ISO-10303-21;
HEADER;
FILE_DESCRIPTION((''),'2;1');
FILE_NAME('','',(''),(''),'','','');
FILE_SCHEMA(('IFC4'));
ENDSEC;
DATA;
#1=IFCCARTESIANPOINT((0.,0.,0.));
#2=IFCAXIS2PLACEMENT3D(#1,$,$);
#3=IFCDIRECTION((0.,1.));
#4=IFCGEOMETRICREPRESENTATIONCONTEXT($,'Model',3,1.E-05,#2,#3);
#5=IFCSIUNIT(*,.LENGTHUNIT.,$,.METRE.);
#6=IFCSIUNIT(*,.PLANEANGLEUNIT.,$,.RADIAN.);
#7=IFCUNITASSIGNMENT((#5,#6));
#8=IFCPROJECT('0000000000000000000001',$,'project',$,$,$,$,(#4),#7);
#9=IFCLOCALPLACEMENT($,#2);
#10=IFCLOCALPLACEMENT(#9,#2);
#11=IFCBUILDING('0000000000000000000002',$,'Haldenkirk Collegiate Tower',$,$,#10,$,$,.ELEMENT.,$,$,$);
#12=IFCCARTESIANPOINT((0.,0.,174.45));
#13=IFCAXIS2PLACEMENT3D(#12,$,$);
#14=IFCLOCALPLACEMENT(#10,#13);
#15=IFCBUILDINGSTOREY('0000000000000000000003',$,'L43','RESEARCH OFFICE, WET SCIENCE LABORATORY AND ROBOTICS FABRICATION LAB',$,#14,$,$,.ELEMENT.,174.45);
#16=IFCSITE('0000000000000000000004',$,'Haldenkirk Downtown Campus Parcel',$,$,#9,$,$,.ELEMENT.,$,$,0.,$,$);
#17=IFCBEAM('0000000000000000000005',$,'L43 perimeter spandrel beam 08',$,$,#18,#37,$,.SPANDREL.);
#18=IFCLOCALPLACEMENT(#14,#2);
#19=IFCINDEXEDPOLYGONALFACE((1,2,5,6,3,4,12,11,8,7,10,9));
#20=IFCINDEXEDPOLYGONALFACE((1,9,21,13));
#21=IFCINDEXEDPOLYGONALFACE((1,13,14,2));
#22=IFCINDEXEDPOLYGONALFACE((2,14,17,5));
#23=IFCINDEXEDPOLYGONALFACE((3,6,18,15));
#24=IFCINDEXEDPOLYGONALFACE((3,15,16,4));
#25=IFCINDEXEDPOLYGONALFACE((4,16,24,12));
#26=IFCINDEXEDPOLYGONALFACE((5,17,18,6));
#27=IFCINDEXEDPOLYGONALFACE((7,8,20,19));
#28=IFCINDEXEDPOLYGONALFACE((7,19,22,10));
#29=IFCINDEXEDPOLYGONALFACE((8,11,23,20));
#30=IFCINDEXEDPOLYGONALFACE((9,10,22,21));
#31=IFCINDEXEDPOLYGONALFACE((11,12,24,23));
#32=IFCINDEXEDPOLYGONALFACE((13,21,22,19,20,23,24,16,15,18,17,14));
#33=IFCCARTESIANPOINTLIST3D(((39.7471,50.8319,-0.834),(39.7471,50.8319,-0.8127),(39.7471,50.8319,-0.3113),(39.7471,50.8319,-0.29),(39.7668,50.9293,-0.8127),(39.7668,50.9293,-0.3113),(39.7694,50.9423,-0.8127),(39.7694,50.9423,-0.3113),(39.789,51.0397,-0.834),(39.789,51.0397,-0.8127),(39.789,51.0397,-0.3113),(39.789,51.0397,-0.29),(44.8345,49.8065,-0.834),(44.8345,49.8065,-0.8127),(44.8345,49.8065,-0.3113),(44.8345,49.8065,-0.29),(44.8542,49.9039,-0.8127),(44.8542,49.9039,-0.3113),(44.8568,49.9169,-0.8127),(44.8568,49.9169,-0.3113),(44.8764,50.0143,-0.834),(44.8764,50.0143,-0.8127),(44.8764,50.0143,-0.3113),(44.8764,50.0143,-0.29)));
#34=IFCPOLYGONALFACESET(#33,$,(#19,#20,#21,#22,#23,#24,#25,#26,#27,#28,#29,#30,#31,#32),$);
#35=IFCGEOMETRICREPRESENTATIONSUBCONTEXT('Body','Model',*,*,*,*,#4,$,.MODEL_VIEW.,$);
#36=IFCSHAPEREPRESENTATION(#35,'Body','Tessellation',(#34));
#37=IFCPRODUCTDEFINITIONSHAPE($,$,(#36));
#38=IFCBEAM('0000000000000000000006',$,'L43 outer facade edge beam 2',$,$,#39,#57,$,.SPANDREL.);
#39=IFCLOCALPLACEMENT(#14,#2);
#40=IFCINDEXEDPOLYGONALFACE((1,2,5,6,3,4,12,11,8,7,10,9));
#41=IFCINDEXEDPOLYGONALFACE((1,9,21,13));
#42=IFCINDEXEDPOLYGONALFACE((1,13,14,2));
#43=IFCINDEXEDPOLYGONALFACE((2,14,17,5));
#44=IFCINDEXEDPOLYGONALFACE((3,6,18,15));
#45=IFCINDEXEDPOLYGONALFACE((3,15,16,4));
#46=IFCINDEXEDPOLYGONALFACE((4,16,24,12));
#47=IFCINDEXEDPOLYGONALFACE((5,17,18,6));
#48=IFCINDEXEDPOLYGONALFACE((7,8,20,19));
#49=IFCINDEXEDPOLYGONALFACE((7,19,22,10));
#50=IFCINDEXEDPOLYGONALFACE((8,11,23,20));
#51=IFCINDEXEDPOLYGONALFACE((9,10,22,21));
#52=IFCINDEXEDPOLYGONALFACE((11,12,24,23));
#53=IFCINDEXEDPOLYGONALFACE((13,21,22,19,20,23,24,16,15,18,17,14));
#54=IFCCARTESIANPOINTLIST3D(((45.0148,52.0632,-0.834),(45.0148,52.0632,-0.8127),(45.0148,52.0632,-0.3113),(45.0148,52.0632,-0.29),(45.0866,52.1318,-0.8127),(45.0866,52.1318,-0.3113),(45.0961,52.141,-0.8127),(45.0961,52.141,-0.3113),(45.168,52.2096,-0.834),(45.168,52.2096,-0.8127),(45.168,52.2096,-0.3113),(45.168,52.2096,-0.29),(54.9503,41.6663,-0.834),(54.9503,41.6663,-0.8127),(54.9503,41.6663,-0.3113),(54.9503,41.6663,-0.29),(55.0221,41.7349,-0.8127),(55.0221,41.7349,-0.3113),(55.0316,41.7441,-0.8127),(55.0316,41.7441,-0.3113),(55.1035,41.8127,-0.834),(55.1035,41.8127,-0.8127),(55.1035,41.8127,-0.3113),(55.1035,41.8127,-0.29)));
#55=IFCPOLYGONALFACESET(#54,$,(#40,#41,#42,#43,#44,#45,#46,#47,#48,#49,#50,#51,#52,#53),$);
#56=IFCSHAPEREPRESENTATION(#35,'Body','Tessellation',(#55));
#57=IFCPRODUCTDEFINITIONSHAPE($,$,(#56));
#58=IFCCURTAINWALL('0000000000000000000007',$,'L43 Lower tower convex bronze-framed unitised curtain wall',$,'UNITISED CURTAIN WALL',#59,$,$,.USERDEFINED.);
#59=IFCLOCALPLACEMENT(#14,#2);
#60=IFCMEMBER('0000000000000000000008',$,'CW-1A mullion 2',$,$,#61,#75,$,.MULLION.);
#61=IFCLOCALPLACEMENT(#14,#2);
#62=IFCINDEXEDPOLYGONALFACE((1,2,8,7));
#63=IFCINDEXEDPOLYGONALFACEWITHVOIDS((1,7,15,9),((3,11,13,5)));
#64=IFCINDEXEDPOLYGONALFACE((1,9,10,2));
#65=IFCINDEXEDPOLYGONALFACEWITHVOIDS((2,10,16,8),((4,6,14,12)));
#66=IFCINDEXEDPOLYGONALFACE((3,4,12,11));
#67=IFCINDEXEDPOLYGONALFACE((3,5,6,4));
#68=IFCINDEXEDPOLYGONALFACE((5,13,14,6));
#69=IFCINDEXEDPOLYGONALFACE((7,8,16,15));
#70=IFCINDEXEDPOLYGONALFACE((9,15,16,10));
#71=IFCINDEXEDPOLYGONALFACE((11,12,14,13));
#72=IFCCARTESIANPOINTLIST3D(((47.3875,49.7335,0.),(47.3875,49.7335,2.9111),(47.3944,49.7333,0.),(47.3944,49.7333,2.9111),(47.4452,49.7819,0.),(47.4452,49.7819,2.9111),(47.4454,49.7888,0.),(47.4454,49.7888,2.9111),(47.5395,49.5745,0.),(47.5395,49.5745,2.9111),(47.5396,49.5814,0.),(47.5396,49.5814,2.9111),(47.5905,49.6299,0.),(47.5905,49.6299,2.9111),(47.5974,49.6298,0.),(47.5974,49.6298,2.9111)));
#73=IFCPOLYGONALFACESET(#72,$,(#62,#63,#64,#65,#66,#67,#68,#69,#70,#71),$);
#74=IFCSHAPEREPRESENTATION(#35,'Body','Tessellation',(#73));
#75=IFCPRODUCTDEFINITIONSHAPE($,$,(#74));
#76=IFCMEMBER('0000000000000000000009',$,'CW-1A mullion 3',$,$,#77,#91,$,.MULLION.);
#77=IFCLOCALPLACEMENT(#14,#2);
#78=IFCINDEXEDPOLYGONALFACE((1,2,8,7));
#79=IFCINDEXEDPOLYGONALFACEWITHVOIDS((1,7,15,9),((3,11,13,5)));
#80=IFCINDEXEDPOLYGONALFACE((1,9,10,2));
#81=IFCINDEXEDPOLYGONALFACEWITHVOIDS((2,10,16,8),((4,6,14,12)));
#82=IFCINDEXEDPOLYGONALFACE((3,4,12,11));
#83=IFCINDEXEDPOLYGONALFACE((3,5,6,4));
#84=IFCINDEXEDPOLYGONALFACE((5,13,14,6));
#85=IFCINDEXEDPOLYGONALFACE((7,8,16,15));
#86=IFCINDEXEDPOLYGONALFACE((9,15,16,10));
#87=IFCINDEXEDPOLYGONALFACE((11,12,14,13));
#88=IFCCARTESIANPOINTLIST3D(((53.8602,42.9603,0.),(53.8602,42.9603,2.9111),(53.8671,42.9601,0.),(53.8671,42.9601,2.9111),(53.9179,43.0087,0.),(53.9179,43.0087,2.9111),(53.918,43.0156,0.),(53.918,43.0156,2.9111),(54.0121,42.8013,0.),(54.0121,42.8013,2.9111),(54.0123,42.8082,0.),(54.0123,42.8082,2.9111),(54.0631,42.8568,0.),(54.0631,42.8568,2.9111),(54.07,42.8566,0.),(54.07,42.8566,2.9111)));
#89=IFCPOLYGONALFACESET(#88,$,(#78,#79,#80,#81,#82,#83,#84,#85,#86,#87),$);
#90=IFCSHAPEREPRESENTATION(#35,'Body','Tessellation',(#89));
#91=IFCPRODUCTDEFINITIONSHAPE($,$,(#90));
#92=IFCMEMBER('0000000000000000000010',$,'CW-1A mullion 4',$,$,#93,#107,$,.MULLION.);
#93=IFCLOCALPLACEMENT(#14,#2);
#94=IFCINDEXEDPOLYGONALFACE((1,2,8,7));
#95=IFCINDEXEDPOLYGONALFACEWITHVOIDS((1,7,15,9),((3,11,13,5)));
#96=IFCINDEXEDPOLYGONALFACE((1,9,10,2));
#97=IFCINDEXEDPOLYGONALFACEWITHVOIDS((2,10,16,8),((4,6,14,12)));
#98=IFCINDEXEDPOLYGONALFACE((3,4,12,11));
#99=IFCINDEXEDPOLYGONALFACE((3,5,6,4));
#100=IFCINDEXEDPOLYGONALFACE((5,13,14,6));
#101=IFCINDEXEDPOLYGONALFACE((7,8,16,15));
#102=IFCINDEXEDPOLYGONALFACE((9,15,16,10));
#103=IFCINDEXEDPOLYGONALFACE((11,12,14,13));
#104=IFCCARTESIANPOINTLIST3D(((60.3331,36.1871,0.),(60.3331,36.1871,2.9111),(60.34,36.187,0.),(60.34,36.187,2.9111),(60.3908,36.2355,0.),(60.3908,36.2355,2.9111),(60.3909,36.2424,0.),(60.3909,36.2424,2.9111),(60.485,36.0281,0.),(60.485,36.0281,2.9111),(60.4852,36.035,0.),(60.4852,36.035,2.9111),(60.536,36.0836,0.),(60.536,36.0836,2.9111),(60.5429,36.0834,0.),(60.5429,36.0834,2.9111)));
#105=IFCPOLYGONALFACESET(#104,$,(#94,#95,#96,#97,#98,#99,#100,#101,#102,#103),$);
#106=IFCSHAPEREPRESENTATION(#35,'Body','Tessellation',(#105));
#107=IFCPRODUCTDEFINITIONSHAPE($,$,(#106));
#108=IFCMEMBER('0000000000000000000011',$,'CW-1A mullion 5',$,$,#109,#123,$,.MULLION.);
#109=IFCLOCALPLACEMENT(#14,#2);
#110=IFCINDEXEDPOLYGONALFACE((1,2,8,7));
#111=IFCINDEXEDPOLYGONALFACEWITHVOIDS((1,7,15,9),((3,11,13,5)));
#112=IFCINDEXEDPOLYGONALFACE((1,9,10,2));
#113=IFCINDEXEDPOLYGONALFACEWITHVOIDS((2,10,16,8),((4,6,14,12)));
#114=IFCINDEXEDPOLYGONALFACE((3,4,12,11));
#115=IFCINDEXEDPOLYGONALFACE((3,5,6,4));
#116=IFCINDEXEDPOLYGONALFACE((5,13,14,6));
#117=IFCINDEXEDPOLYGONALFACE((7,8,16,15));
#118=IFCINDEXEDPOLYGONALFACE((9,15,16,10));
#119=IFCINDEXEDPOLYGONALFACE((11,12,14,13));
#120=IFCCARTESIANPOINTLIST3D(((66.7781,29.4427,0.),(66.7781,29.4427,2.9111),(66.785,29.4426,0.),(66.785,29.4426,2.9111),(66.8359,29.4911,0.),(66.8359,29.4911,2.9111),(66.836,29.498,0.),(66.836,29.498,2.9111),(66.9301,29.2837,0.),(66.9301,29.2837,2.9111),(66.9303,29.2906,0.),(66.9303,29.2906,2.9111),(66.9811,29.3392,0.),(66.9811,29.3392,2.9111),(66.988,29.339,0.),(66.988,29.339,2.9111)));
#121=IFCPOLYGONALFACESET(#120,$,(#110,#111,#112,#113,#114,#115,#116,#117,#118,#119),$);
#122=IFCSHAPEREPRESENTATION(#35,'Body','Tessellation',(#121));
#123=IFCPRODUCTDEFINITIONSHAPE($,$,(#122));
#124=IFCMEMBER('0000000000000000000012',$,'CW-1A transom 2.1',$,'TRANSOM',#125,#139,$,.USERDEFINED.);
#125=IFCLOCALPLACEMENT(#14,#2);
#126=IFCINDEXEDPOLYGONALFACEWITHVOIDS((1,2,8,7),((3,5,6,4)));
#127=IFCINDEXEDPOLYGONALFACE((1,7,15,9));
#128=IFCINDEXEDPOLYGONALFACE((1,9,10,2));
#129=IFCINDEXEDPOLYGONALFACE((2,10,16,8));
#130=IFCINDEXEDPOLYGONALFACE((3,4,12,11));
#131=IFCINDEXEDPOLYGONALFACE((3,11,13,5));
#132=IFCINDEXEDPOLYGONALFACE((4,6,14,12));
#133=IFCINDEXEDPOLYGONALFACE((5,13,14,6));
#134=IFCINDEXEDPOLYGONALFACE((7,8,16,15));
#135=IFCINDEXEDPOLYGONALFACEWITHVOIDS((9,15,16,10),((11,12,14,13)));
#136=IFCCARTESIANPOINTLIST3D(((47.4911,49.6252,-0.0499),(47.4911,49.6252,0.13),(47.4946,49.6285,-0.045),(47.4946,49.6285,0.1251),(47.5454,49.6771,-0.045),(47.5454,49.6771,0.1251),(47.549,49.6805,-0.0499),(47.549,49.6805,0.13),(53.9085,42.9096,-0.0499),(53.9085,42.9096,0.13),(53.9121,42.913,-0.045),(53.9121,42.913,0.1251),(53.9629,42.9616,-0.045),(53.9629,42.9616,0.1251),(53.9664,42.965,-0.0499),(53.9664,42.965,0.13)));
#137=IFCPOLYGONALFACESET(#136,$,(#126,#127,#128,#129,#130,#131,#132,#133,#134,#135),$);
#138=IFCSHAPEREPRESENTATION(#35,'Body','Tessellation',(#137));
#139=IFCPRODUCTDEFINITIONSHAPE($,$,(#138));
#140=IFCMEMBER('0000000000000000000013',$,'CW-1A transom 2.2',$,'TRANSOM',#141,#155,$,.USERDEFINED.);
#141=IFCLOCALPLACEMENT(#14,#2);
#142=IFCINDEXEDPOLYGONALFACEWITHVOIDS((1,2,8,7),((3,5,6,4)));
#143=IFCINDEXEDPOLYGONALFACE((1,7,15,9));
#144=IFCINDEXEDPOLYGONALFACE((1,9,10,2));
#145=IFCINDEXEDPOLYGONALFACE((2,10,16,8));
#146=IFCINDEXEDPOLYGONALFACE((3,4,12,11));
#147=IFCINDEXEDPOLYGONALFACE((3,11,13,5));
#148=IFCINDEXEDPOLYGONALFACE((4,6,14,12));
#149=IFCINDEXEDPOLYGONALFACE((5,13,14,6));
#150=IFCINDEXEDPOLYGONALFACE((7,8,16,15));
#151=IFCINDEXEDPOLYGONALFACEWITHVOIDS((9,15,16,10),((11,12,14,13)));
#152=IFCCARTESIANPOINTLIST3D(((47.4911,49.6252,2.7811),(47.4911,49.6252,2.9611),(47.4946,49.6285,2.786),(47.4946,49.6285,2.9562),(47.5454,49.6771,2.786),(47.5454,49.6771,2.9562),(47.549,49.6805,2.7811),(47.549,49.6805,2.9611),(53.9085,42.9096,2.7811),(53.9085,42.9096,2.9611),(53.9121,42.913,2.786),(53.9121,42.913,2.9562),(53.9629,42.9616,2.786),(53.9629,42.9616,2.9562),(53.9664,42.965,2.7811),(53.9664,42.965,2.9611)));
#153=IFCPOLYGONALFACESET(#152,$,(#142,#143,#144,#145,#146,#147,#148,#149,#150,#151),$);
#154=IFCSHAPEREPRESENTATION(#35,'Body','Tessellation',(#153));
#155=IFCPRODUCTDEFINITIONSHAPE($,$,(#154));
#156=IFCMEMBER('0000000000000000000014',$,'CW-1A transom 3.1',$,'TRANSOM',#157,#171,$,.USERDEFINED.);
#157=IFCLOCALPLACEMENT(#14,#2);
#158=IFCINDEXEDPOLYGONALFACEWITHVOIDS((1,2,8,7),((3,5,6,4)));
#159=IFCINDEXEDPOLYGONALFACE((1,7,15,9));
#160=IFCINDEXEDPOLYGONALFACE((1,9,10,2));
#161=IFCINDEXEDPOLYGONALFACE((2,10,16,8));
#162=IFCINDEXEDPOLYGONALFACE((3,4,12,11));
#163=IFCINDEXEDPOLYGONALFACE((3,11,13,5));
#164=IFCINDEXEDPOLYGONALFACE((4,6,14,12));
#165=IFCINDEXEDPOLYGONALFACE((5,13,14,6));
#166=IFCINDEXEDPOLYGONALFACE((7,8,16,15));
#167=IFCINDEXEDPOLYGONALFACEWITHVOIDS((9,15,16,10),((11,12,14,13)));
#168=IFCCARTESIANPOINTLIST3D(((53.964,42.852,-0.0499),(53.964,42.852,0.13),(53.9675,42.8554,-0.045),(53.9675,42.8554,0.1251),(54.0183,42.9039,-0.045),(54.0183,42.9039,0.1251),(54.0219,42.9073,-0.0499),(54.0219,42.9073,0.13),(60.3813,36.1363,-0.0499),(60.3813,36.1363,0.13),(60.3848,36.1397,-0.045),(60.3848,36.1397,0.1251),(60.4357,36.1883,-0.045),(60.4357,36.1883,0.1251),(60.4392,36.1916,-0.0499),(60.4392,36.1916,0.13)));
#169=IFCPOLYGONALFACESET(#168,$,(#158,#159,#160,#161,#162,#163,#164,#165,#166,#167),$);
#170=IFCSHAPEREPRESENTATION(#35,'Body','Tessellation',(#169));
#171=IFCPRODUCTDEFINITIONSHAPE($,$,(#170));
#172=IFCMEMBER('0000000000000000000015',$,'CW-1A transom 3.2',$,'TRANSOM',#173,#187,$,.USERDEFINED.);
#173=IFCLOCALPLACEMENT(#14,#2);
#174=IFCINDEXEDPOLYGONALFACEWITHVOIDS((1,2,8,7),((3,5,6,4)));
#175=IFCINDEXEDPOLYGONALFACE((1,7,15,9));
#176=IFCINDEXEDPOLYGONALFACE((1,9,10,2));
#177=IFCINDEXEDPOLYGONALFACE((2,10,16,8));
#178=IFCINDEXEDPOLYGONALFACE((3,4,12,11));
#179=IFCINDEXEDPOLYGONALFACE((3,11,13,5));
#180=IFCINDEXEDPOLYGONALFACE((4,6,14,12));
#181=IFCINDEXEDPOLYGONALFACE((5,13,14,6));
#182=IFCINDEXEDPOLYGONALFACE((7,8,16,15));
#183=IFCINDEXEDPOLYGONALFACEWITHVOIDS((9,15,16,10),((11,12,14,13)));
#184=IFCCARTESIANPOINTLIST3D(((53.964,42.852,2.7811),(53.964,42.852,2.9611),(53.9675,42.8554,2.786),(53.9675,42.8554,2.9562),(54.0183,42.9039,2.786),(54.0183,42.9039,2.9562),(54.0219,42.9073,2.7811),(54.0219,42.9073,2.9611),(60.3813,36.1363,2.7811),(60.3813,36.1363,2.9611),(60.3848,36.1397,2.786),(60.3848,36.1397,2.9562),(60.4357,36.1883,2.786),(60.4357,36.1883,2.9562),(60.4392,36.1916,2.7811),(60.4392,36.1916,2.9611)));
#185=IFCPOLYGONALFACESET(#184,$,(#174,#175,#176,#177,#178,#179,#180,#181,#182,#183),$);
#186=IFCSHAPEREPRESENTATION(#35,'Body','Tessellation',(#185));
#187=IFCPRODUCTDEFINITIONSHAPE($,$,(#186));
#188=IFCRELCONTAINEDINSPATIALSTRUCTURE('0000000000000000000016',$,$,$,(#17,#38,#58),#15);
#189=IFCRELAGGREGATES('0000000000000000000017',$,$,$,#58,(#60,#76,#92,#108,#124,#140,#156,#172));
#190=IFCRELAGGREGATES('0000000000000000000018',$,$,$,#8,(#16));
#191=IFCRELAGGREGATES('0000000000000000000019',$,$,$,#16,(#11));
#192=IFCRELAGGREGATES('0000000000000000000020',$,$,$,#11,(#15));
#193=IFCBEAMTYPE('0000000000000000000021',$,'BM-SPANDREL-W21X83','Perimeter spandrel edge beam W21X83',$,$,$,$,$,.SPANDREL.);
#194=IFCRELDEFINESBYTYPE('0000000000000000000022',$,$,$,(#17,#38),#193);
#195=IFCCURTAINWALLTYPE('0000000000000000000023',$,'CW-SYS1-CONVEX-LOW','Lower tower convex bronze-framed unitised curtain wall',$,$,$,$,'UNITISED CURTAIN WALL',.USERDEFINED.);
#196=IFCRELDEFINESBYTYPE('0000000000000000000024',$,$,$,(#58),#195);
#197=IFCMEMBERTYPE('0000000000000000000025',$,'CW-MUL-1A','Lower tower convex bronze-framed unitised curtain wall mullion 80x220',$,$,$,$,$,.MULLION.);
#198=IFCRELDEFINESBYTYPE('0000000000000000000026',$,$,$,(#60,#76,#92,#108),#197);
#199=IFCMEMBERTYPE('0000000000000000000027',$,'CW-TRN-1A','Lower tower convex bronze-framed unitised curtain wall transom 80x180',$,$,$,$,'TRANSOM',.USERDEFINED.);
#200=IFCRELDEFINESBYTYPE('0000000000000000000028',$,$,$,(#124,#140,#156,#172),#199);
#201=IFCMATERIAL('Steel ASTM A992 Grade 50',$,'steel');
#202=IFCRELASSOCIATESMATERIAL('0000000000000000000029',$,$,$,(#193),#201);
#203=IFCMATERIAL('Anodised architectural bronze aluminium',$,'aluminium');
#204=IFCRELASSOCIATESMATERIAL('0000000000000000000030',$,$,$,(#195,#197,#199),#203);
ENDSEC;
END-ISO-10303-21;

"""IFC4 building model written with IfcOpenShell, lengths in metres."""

from ifc_helpers import new_model, si_unit, direction, frame, origin, origin_2d, place, context, subcontext, project, spatial, hollow_rectangle, i_section, extrude, material, material_profile, profile_set, type_object, element, aggregate, save


model = new_model("IFC4")

# Units and contexts
model_context = context("Model", 3, precision=1e-05, world=origin(), true_north=direction((0.0, 1.0)))
body_context = subcontext(model_context, "Body", "Model", "MODEL_VIEW")
ifc_project = project(units=[si_unit("LENGTHUNIT", "METRE"), si_unit("PLANEANGLEUNIT", "RADIAN")], contexts=[model_context])

# Site, building, storey
site_placement = place(None, origin())
site = spatial("IfcSite", under=ifc_project, at=site_placement, Name="Haldenkirk Downtown Campus Parcel", CompositionType="ELEMENT", RefElevation=0.0)
building_placement = place(site_placement, origin())
building = spatial("IfcBuilding", under=site, at=building_placement, Name="Haldenkirk Collegiate Tower", CompositionType="ELEMENT")
storey_placement = place(building_placement, frame((0.0, 0.0, 174.45)))
storey = spatial("IfcBuildingStorey", under=building, at=storey_placement, Name="L43", Description="RESEARCH OFFICE, WET SCIENCE LABORATORY AND ROBOTICS FABRICATION LAB", CompositionType="ELEMENT", Elevation=174.45)

# Beams
ifc_material_1 = material(Name="Steel ASTM A992 Grade 50", Category="steel")
ifc_material_profile_1 = material_profile(ifc_material_1, i_section(OverallWidth=0.2119, OverallDepth=0.5439, WebThickness=0.0132, FlangeThickness=0.0212, at=origin_2d()), Name="W21X83")
ifc_profile_set_1 = profile_set([ifc_material_profile_1], Name="Steel ASTM A992 Grade 50")
beam_type_1 = type_object("IfcBeamType", Name="BM-SPANDREL-W21X83", Description="Perimeter spandrel edge beam W21X83", PredefinedType="SPANDREL", material=ifc_profile_set_1)
beam_1_placement = place(storey_placement, frame((44.8555, 49.9104, -0.562), z_axis=(-0.980286, 0.197581, 0.0), x_axis=(-0.197581, -0.980286, 0.0)))
element("IfcBeam", 1, at=beam_1_placement, inside=storey, type_object=beam_type_1, Name="L43 perimeter spandrel beam 08", PredefinedType="SPANDREL", context=body_context, shape_type="SweptSolid", body=[
    extrude(i_section(OverallWidth=0.2119, OverallDepth=0.5439, WebThickness=0.0132, FlangeThickness=0.0212, at=origin_2d()), origin(), (0.0, 0.0, 1.0), 5.1897),
])
beam_2_placement = place(storey_placement, frame((55.0269, 41.7395, -0.562), z_axis=(-0.690882, 0.722968, 0.0), x_axis=(-0.722968, -0.690882, 0.0)))
element("IfcBeam", 2, at=beam_2_placement, inside=storey, type_object=beam_type_1, Name="L43 outer facade edge beam 2", PredefinedType="SPANDREL", context=body_context, shape_type="SweptSolid", body=[
    extrude(i_section(OverallWidth=0.2119, OverallDepth=0.5439, WebThickness=0.0132, FlangeThickness=0.0212, at=origin_2d()), origin(), (0.0, 0.0, 1.0), 14.3809),
])

# Curtain wall, members
ifc_material_2 = material(Name="Anodised architectural bronze aluminium", Category="aluminium")
curtain_wall_type = type_object("IfcCurtainWallType", Name="CW-SYS1-CONVEX-LOW", Description="Lower tower convex bronze-framed unitised curtain wall", ElementType="UNITISED CURTAIN WALL", PredefinedType="USERDEFINED", material=ifc_material_2)
curtain_wall_placement = place(storey_placement, origin())
curtain_wall = element("IfcCurtainWall", 3, at=curtain_wall_placement, inside=storey, type_object=curtain_wall_type, Name="L43 Lower tower convex bronze-framed unitised curtain wall", ObjectType="UNITISED CURTAIN WALL", PredefinedType="USERDEFINED")
ifc_material_profile_2 = material_profile(ifc_material_2, hollow_rectangle(XDim=0.0801, YDim=0.22, WallThickness=0.0049, at=origin_2d()), Name="CW-MUL-1A")
ifc_profile_set_2 = profile_set([ifc_material_profile_2], Name="Anodised architectural bronze aluminium")
member_type_1 = type_object("IfcMemberType", Name="CW-MUL-1A", Description="Lower tower convex bronze-framed unitised curtain wall mullion 80x220", PredefinedType="MULLION", material=ifc_profile_set_2)
member_1_placement = place(storey_placement, frame((47.4924, 49.6816, 0.0), z_axis=(0.0, 0.0, 1.0), x_axis=(0.722966, 0.690883, 0.0)))
member_1 = element("IfcMember", 4, at=member_1_placement, type_object=member_type_1, Name="CW-1A mullion 2", PredefinedType="MULLION", context=body_context, shape_type="SweptSolid", body=[
    extrude(hollow_rectangle(XDim=0.0801, YDim=0.22, WallThickness=0.0049, at=origin_2d()), origin(), (0.0, 0.0, 1.0), 2.9111),
])
member_2_placement = place(storey_placement, frame((53.9651, 42.9084, 0.0), z_axis=(0.0, 0.0, 1.0), x_axis=(0.722966, 0.690883, 0.0)))
member_2 = element("IfcMember", 5, at=member_2_placement, type_object=member_type_1, Name="CW-1A mullion 3", PredefinedType="MULLION", context=body_context, shape_type="SweptSolid", body=[
    extrude(hollow_rectangle(XDim=0.0801, YDim=0.22, WallThickness=0.0049, at=origin_2d()), origin(), (0.0, 0.0, 1.0), 2.9111),
])
member_3_placement = place(storey_placement, frame((60.438, 36.1353, 0.0), z_axis=(0.0, 0.0, 1.0), x_axis=(0.722966, 0.690883, 0.0)))
member_3 = element("IfcMember", 6, at=member_3_placement, type_object=member_type_1, Name="CW-1A mullion 4", PredefinedType="MULLION", context=body_context, shape_type="SweptSolid", body=[
    extrude(hollow_rectangle(XDim=0.0801, YDim=0.22, WallThickness=0.0049, at=origin_2d()), origin(), (0.0, 0.0, 1.0), 2.9111),
])
member_4_placement = place(storey_placement, frame((66.8831, 29.3909, 0.0), z_axis=(0.0, 0.0, 1.0), x_axis=(0.722966, 0.690883, 0.0)))
member_4 = element("IfcMember", 7, at=member_4_placement, type_object=member_type_1, Name="CW-1A mullion 5", PredefinedType="MULLION", context=body_context, shape_type="SweptSolid", body=[
    extrude(hollow_rectangle(XDim=0.0801, YDim=0.22, WallThickness=0.0049, at=origin_2d()), origin(), (0.0, 0.0, 1.0), 2.9111),
])
ifc_material_profile_3 = material_profile(ifc_material_2, hollow_rectangle(XDim=0.0801, YDim=0.1799, WallThickness=0.0049, at=origin_2d()), Name="CW-TRN-1A")
ifc_profile_set_3 = profile_set([ifc_material_profile_3], Name="Anodised architectural bronze aluminium")
member_type_2 = type_object("IfcMemberType", Name="CW-TRN-1A", Description="Lower tower convex bronze-framed unitised curtain wall transom 80x180", ElementType="TRANSOM", PredefinedType="USERDEFINED", material=ifc_profile_set_3)
member_5_placement = place(storey_placement, frame((47.52, 49.6528, 0.04), z_axis=(0.690879, -0.722971, 0.0), x_axis=(0.722971, 0.690879, 0.0)))
member_5 = element("IfcMember", 8, at=member_5_placement, type_object=member_type_2, Name="CW-1A transom 2.1", ObjectType="TRANSOM", PredefinedType="USERDEFINED", context=body_context, shape_type="SweptSolid", body=[
    extrude(hollow_rectangle(XDim=0.0801, YDim=0.1799, WallThickness=0.0049, at=origin_2d()), origin(), (0.0, 0.0, 1.0), 9.2888),
])
member_6_placement = place(storey_placement, frame((47.52, 49.6528, 2.8711), z_axis=(0.690879, -0.722971, 0.0), x_axis=(0.722971, 0.690879, 0.0)))
member_6 = element("IfcMember", 9, at=member_6_placement, type_object=member_type_2, Name="CW-1A transom 2.2", ObjectType="TRANSOM", PredefinedType="USERDEFINED", context=body_context, shape_type="SweptSolid", body=[
    extrude(hollow_rectangle(XDim=0.0801, YDim=0.1799, WallThickness=0.0049, at=origin_2d()), origin(), (0.0, 0.0, 1.0), 9.2888),
])
member_7_placement = place(storey_placement, frame((53.9929, 42.8796, 0.04), z_axis=(0.690865, -0.722984, 0.0), x_axis=(0.722984, 0.690865, 0.0)))
member_7 = element("IfcMember", 10, at=member_7_placement, type_object=member_type_2, Name="CW-1A transom 3.1", ObjectType="TRANSOM", PredefinedType="USERDEFINED", context=body_context, shape_type="SweptSolid", body=[
    extrude(hollow_rectangle(XDim=0.0801, YDim=0.1799, WallThickness=0.0049, at=origin_2d()), origin(), (0.0, 0.0, 1.0), 9.2888),
])
member_8_placement = place(storey_placement, frame((53.9929, 42.8796, 2.8711), z_axis=(0.690865, -0.722984, 0.0), x_axis=(0.722984, 0.690865, 0.0)))
member_8 = element("IfcMember", 11, at=member_8_placement, type_object=member_type_2, Name="CW-1A transom 3.2", ObjectType="TRANSOM", PredefinedType="USERDEFINED", context=body_context, shape_type="SweptSolid", body=[
    extrude(hollow_rectangle(XDim=0.0801, YDim=0.1799, WallThickness=0.0049, at=origin_2d()), origin(), (0.0, 0.0, 1.0), 9.2888),
])
aggregate(curtain_wall, [member_1, member_2, member_3, member_4, member_5, member_6, member_7, member_8])

save(model, "model.ifc")
